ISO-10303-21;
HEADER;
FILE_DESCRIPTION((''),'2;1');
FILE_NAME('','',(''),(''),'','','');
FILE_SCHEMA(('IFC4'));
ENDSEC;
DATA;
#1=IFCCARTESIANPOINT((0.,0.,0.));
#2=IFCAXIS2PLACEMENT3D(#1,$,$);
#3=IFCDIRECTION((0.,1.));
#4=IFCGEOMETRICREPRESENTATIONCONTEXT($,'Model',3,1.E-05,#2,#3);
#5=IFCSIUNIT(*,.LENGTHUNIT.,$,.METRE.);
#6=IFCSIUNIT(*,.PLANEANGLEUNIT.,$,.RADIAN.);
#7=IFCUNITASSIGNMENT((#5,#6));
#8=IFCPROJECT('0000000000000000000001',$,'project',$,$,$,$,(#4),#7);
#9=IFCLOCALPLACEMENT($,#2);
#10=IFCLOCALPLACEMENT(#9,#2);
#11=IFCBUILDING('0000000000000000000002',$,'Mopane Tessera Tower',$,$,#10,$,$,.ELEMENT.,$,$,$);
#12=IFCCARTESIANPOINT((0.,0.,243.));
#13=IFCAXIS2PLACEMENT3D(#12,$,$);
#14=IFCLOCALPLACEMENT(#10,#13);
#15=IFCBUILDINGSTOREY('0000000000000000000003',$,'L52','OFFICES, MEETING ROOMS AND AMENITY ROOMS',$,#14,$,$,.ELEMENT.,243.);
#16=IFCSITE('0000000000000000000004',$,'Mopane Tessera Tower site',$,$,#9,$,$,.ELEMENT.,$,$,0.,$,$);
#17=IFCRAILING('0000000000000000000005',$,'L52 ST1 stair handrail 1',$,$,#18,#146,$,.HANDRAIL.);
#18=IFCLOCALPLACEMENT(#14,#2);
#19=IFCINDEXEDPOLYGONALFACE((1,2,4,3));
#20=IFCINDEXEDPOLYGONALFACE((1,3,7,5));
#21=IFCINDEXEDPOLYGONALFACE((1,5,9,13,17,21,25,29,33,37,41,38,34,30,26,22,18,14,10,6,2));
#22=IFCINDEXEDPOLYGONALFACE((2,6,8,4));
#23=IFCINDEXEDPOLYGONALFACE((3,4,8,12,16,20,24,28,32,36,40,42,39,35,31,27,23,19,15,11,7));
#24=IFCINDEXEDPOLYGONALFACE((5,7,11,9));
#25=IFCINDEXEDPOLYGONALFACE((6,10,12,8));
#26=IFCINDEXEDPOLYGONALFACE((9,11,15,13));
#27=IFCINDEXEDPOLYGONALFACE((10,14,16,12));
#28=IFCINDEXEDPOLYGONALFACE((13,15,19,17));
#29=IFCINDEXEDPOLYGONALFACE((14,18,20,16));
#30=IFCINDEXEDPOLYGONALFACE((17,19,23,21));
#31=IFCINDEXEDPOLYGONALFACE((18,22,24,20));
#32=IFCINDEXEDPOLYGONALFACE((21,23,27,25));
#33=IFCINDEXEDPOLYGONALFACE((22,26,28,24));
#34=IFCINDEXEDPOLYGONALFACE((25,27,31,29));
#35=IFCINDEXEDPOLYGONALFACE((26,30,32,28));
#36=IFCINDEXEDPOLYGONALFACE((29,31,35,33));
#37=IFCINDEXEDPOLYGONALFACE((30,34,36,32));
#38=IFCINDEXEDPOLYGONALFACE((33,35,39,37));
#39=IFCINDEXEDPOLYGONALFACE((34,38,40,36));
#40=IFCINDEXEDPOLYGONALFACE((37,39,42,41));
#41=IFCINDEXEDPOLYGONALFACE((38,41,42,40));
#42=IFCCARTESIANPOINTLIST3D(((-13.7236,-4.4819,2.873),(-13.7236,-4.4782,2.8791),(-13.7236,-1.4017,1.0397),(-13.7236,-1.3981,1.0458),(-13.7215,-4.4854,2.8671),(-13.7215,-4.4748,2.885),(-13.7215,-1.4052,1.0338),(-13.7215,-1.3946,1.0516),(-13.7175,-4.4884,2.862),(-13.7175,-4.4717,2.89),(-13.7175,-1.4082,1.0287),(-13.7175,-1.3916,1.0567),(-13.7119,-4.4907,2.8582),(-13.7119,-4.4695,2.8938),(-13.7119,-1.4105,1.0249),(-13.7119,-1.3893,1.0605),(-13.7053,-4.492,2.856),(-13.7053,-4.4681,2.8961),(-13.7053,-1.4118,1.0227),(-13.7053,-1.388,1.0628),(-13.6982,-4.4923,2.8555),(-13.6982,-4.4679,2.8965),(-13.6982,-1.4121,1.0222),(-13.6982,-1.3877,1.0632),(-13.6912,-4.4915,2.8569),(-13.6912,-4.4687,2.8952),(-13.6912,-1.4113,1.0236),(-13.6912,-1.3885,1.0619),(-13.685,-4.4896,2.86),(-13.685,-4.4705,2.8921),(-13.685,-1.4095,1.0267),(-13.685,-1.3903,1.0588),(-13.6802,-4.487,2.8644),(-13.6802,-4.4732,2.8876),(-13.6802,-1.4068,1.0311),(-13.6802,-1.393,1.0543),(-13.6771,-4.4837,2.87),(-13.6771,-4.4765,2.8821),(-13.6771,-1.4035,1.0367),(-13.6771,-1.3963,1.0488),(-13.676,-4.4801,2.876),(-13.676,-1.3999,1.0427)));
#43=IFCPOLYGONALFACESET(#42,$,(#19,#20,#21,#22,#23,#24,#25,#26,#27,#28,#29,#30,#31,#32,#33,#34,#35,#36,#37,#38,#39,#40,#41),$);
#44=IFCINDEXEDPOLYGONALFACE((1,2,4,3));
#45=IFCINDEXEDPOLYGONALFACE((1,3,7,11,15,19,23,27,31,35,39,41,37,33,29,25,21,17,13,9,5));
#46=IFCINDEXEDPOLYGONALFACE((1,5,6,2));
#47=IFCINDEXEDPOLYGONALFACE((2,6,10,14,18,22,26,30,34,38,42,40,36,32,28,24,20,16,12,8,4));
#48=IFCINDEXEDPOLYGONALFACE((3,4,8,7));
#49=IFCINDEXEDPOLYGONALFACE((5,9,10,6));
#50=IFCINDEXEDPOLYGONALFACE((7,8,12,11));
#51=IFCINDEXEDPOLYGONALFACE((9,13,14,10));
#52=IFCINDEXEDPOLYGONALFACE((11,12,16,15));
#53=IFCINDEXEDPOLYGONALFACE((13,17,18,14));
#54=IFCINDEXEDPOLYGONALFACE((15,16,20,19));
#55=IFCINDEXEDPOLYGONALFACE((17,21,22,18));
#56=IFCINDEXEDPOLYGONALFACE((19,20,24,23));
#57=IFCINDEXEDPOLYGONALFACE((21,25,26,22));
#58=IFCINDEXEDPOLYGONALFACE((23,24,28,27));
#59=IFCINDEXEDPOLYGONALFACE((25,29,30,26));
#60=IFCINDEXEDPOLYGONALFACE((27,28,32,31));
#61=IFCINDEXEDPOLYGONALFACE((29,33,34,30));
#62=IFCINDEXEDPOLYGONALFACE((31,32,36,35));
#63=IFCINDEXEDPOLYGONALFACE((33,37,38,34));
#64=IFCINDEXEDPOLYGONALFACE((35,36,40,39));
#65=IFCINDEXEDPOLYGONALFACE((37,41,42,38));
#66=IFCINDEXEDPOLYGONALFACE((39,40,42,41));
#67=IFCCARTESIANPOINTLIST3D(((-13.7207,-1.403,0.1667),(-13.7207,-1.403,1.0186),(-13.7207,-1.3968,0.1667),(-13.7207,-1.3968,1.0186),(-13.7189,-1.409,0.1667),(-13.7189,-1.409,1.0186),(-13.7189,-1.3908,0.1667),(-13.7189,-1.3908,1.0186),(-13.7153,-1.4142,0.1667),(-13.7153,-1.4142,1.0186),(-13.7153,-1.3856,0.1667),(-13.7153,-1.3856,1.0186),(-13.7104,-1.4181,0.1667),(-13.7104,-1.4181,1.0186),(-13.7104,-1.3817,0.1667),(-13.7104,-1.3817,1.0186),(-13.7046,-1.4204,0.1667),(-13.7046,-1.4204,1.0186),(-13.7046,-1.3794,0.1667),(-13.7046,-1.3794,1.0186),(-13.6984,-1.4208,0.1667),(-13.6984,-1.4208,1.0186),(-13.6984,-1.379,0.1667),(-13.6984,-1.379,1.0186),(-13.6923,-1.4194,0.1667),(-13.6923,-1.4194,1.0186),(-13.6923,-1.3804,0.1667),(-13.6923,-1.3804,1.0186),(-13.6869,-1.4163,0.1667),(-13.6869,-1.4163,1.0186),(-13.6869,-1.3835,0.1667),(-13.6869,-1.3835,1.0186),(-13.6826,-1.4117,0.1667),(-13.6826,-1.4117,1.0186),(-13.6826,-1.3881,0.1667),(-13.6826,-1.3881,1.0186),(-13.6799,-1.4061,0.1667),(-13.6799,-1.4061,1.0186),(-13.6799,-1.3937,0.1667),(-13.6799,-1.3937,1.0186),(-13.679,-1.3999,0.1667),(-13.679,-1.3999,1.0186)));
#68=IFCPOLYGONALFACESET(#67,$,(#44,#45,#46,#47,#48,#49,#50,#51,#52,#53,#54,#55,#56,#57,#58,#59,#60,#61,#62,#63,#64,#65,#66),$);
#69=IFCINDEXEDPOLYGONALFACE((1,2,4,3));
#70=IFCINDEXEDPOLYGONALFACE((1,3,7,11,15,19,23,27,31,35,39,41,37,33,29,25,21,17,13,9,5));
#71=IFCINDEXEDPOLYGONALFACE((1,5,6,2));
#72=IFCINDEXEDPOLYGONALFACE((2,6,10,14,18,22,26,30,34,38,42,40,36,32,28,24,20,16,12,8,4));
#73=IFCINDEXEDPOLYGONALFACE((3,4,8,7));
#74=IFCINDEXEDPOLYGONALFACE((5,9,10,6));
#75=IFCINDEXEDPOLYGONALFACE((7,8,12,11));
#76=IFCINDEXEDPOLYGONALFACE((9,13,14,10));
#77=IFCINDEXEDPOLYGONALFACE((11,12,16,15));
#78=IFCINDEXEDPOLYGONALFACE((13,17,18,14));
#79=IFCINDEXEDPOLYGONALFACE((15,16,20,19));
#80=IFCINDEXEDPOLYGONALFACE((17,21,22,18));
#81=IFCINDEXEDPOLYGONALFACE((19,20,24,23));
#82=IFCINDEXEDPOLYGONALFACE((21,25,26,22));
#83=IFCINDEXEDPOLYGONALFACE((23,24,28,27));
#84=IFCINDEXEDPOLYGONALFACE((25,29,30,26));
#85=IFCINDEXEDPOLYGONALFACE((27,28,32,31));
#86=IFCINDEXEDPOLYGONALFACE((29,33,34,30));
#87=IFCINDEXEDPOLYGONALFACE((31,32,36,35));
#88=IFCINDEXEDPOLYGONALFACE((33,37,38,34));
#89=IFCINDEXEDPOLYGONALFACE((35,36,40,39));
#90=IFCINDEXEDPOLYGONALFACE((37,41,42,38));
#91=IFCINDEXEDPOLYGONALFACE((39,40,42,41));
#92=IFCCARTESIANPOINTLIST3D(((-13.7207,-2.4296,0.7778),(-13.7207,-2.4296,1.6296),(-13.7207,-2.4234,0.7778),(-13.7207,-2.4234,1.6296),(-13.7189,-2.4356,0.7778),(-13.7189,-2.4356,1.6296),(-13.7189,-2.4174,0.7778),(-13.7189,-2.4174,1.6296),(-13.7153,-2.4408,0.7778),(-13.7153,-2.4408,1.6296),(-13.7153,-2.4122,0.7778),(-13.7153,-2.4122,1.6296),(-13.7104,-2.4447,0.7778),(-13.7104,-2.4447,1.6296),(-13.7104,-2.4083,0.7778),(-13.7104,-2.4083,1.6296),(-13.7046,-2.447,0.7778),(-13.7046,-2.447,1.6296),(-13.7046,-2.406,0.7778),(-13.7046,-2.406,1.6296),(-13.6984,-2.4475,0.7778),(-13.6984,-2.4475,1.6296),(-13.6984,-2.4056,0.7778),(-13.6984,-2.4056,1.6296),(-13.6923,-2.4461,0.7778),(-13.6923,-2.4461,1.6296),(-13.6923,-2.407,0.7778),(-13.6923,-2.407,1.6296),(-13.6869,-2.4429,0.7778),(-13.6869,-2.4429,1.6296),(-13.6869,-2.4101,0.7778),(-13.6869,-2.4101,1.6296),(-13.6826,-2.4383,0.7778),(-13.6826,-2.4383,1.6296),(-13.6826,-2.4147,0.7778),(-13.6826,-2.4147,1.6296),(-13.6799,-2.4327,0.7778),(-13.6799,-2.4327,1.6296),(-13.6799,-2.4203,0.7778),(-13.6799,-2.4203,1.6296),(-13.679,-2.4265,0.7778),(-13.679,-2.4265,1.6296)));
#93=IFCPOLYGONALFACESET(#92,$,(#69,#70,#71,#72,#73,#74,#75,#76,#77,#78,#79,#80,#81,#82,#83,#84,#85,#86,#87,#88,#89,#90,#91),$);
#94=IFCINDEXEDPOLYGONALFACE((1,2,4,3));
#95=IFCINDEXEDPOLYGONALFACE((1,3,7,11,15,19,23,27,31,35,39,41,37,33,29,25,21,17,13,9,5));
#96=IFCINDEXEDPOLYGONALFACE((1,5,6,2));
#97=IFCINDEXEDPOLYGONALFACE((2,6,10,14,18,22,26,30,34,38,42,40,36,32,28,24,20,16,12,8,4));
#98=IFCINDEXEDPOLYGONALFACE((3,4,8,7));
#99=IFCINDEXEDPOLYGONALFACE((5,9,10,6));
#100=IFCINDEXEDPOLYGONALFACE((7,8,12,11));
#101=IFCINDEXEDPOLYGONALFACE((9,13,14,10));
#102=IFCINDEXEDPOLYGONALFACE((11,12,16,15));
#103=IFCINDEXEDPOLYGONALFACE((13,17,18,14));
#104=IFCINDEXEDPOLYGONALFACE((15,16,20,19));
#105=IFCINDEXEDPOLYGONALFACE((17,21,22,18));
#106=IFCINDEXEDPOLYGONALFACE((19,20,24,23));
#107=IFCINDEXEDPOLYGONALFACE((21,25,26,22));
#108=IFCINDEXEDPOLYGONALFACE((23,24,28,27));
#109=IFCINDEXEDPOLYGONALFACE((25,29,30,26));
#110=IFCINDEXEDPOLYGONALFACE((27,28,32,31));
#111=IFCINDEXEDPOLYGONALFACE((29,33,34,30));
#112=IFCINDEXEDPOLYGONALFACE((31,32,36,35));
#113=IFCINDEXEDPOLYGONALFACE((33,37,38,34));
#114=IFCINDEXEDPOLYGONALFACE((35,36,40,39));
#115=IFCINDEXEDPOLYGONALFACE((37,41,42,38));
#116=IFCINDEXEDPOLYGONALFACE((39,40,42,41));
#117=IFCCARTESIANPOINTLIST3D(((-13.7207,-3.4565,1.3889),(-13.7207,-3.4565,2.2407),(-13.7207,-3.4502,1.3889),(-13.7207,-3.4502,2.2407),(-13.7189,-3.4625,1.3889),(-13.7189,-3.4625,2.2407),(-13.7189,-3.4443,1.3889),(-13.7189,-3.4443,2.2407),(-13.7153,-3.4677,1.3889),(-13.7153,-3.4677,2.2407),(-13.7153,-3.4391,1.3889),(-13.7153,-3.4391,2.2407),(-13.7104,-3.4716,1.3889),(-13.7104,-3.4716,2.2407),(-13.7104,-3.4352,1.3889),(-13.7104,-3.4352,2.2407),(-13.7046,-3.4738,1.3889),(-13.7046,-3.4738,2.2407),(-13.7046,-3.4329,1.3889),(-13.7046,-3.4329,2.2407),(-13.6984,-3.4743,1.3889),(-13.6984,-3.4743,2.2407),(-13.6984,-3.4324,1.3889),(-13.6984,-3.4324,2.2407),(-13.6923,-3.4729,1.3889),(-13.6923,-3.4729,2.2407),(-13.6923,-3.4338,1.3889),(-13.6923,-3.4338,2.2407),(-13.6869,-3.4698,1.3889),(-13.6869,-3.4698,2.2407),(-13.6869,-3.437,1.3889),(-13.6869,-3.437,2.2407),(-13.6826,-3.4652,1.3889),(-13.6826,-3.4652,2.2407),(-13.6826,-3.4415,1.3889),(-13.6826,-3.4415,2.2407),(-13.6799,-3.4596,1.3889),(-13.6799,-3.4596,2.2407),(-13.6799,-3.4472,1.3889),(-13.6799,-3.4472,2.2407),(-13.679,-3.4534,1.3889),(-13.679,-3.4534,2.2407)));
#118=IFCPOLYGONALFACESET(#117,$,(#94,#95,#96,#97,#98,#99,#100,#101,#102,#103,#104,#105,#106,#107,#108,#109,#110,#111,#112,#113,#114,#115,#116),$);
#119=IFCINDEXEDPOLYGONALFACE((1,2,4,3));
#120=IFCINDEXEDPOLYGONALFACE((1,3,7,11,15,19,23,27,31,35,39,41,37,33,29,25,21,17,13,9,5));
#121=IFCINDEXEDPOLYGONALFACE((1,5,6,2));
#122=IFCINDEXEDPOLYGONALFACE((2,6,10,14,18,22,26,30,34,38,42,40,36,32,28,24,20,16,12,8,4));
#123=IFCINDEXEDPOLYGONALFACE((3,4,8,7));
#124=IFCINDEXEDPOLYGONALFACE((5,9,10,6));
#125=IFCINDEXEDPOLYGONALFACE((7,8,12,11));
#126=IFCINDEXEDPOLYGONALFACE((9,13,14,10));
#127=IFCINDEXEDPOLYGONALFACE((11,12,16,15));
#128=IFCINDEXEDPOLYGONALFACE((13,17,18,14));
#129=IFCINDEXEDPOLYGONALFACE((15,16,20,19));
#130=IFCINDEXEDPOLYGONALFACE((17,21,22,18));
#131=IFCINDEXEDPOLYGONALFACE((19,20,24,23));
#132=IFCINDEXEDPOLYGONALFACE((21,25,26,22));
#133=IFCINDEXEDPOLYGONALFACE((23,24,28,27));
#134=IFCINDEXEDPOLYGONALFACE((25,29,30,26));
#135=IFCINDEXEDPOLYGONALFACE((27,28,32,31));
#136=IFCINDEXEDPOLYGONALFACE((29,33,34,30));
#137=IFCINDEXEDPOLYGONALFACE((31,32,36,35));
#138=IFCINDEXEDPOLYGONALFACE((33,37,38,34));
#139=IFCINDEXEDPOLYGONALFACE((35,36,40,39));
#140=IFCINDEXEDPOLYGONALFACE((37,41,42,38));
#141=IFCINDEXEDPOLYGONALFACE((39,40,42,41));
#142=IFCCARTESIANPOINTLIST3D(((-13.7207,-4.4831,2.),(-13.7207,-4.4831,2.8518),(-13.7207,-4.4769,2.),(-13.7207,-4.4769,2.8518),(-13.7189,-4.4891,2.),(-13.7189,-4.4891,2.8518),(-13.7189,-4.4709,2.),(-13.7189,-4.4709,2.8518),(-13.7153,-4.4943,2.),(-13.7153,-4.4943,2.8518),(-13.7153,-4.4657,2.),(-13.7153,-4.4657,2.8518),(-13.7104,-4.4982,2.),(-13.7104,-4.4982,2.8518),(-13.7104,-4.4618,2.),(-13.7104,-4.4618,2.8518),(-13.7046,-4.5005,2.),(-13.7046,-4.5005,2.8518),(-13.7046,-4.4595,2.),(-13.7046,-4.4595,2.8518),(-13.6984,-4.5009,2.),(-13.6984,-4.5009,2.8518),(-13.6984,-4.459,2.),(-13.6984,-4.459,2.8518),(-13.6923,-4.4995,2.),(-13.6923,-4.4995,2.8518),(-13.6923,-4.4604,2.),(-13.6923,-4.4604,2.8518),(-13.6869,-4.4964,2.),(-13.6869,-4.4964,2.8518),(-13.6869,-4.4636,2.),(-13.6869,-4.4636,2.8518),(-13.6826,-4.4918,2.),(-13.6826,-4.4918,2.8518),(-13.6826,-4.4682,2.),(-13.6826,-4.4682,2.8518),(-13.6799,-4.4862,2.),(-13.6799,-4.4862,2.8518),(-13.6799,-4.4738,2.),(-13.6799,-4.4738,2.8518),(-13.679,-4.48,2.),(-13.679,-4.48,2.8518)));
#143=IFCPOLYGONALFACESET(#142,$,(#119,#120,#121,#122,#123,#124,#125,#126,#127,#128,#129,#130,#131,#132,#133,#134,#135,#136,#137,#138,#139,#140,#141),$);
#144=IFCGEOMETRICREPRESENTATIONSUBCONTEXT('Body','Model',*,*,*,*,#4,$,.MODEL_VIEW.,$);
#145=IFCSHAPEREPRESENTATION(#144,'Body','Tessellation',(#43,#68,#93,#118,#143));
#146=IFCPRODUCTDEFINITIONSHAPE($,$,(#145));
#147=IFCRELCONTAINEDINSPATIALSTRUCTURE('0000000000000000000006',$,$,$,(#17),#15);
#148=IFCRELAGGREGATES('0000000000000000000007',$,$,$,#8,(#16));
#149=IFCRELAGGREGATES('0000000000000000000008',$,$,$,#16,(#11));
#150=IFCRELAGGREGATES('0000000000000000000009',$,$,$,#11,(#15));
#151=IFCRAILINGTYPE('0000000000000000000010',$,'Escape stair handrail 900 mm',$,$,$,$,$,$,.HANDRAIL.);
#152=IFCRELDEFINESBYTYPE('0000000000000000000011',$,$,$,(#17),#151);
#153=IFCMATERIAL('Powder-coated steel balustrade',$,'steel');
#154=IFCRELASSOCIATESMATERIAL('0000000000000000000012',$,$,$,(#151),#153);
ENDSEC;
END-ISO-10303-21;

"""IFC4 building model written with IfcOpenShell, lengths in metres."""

from ifc_helpers import new_model, si_unit, direction, frame, origin, origin_2d, place, context, subcontext, project, spatial, circle, extrude, material, type_object, element, save


model = new_model("IFC4")

# Units and contexts
model_context = context("Model", 3, precision=1e-05, world=origin(), true_north=direction((0.0, 1.0)))
body_context = subcontext(model_context, "Body", "Model", "MODEL_VIEW")
ifc_project = project(units=[si_unit("LENGTHUNIT", "METRE"), si_unit("PLANEANGLEUNIT", "RADIAN")], contexts=[model_context])

# Site, building, storey
site_placement = place(None, origin())
site = spatial("IfcSite", under=ifc_project, at=site_placement, Name="Mopane Tessera Tower site", CompositionType="ELEMENT", RefElevation=0.0)
building_placement = place(site_placement, origin())
building = spatial("IfcBuilding", under=site, at=building_placement, Name="Mopane Tessera Tower", CompositionType="ELEMENT")
storey_placement = place(building_placement, frame((0.0, 0.0, 243.0)))
storey = spatial("IfcBuildingStorey", under=building, at=storey_placement, Name="L52", Description="OFFICES, MEETING ROOMS AND AMENITY ROOMS", CompositionType="ELEMENT", Elevation=243.0)

# Railing
ifc_material_1 = material(Name="Powder-coated steel balustrade", Category="steel")
railing_type = type_object("IfcRailingType", Name="Escape stair handrail 900 mm", PredefinedType="HANDRAIL", material=ifc_material_1)
railing_placement = place(storey_placement, frame((-13.7, -1.3999, 0.1667)))
element("IfcRailing", 1, at=railing_placement, inside=storey, type_object=railing_type, Name="L52 ST1 stair handrail 1", PredefinedType="HANDRAIL", context=body_context, shape_type="SweptSolid", body=[
    extrude(circle(Radius=0.0239, at=origin_2d()), frame((0.0, 0.0, 0.876), z_axis=(0.0, -0.859309, 0.511458), x_axis=(1.0, 0.0, 0.0)), (0.0, 0.0, 1.0), 3.5845),
    extrude(circle(Radius=0.021, at=origin_2d()), origin(), (0.0, 0.0, 1.0), 0.8518),
    extrude(circle(Radius=0.021, at=origin_2d()), frame((0.0, -1.0266, 0.6111)), (0.0, 0.0, 1.0), 0.8518),
    extrude(circle(Radius=0.021, at=origin_2d()), frame((0.0, -2.0535, 1.2222)), (0.0, 0.0, 1.0), 0.8518),
    extrude(circle(Radius=0.021, at=origin_2d()), frame((0.0, -3.0801, 1.8333)), (0.0, 0.0, 1.0), 0.8518),
])

save(model, "model.ifc")
